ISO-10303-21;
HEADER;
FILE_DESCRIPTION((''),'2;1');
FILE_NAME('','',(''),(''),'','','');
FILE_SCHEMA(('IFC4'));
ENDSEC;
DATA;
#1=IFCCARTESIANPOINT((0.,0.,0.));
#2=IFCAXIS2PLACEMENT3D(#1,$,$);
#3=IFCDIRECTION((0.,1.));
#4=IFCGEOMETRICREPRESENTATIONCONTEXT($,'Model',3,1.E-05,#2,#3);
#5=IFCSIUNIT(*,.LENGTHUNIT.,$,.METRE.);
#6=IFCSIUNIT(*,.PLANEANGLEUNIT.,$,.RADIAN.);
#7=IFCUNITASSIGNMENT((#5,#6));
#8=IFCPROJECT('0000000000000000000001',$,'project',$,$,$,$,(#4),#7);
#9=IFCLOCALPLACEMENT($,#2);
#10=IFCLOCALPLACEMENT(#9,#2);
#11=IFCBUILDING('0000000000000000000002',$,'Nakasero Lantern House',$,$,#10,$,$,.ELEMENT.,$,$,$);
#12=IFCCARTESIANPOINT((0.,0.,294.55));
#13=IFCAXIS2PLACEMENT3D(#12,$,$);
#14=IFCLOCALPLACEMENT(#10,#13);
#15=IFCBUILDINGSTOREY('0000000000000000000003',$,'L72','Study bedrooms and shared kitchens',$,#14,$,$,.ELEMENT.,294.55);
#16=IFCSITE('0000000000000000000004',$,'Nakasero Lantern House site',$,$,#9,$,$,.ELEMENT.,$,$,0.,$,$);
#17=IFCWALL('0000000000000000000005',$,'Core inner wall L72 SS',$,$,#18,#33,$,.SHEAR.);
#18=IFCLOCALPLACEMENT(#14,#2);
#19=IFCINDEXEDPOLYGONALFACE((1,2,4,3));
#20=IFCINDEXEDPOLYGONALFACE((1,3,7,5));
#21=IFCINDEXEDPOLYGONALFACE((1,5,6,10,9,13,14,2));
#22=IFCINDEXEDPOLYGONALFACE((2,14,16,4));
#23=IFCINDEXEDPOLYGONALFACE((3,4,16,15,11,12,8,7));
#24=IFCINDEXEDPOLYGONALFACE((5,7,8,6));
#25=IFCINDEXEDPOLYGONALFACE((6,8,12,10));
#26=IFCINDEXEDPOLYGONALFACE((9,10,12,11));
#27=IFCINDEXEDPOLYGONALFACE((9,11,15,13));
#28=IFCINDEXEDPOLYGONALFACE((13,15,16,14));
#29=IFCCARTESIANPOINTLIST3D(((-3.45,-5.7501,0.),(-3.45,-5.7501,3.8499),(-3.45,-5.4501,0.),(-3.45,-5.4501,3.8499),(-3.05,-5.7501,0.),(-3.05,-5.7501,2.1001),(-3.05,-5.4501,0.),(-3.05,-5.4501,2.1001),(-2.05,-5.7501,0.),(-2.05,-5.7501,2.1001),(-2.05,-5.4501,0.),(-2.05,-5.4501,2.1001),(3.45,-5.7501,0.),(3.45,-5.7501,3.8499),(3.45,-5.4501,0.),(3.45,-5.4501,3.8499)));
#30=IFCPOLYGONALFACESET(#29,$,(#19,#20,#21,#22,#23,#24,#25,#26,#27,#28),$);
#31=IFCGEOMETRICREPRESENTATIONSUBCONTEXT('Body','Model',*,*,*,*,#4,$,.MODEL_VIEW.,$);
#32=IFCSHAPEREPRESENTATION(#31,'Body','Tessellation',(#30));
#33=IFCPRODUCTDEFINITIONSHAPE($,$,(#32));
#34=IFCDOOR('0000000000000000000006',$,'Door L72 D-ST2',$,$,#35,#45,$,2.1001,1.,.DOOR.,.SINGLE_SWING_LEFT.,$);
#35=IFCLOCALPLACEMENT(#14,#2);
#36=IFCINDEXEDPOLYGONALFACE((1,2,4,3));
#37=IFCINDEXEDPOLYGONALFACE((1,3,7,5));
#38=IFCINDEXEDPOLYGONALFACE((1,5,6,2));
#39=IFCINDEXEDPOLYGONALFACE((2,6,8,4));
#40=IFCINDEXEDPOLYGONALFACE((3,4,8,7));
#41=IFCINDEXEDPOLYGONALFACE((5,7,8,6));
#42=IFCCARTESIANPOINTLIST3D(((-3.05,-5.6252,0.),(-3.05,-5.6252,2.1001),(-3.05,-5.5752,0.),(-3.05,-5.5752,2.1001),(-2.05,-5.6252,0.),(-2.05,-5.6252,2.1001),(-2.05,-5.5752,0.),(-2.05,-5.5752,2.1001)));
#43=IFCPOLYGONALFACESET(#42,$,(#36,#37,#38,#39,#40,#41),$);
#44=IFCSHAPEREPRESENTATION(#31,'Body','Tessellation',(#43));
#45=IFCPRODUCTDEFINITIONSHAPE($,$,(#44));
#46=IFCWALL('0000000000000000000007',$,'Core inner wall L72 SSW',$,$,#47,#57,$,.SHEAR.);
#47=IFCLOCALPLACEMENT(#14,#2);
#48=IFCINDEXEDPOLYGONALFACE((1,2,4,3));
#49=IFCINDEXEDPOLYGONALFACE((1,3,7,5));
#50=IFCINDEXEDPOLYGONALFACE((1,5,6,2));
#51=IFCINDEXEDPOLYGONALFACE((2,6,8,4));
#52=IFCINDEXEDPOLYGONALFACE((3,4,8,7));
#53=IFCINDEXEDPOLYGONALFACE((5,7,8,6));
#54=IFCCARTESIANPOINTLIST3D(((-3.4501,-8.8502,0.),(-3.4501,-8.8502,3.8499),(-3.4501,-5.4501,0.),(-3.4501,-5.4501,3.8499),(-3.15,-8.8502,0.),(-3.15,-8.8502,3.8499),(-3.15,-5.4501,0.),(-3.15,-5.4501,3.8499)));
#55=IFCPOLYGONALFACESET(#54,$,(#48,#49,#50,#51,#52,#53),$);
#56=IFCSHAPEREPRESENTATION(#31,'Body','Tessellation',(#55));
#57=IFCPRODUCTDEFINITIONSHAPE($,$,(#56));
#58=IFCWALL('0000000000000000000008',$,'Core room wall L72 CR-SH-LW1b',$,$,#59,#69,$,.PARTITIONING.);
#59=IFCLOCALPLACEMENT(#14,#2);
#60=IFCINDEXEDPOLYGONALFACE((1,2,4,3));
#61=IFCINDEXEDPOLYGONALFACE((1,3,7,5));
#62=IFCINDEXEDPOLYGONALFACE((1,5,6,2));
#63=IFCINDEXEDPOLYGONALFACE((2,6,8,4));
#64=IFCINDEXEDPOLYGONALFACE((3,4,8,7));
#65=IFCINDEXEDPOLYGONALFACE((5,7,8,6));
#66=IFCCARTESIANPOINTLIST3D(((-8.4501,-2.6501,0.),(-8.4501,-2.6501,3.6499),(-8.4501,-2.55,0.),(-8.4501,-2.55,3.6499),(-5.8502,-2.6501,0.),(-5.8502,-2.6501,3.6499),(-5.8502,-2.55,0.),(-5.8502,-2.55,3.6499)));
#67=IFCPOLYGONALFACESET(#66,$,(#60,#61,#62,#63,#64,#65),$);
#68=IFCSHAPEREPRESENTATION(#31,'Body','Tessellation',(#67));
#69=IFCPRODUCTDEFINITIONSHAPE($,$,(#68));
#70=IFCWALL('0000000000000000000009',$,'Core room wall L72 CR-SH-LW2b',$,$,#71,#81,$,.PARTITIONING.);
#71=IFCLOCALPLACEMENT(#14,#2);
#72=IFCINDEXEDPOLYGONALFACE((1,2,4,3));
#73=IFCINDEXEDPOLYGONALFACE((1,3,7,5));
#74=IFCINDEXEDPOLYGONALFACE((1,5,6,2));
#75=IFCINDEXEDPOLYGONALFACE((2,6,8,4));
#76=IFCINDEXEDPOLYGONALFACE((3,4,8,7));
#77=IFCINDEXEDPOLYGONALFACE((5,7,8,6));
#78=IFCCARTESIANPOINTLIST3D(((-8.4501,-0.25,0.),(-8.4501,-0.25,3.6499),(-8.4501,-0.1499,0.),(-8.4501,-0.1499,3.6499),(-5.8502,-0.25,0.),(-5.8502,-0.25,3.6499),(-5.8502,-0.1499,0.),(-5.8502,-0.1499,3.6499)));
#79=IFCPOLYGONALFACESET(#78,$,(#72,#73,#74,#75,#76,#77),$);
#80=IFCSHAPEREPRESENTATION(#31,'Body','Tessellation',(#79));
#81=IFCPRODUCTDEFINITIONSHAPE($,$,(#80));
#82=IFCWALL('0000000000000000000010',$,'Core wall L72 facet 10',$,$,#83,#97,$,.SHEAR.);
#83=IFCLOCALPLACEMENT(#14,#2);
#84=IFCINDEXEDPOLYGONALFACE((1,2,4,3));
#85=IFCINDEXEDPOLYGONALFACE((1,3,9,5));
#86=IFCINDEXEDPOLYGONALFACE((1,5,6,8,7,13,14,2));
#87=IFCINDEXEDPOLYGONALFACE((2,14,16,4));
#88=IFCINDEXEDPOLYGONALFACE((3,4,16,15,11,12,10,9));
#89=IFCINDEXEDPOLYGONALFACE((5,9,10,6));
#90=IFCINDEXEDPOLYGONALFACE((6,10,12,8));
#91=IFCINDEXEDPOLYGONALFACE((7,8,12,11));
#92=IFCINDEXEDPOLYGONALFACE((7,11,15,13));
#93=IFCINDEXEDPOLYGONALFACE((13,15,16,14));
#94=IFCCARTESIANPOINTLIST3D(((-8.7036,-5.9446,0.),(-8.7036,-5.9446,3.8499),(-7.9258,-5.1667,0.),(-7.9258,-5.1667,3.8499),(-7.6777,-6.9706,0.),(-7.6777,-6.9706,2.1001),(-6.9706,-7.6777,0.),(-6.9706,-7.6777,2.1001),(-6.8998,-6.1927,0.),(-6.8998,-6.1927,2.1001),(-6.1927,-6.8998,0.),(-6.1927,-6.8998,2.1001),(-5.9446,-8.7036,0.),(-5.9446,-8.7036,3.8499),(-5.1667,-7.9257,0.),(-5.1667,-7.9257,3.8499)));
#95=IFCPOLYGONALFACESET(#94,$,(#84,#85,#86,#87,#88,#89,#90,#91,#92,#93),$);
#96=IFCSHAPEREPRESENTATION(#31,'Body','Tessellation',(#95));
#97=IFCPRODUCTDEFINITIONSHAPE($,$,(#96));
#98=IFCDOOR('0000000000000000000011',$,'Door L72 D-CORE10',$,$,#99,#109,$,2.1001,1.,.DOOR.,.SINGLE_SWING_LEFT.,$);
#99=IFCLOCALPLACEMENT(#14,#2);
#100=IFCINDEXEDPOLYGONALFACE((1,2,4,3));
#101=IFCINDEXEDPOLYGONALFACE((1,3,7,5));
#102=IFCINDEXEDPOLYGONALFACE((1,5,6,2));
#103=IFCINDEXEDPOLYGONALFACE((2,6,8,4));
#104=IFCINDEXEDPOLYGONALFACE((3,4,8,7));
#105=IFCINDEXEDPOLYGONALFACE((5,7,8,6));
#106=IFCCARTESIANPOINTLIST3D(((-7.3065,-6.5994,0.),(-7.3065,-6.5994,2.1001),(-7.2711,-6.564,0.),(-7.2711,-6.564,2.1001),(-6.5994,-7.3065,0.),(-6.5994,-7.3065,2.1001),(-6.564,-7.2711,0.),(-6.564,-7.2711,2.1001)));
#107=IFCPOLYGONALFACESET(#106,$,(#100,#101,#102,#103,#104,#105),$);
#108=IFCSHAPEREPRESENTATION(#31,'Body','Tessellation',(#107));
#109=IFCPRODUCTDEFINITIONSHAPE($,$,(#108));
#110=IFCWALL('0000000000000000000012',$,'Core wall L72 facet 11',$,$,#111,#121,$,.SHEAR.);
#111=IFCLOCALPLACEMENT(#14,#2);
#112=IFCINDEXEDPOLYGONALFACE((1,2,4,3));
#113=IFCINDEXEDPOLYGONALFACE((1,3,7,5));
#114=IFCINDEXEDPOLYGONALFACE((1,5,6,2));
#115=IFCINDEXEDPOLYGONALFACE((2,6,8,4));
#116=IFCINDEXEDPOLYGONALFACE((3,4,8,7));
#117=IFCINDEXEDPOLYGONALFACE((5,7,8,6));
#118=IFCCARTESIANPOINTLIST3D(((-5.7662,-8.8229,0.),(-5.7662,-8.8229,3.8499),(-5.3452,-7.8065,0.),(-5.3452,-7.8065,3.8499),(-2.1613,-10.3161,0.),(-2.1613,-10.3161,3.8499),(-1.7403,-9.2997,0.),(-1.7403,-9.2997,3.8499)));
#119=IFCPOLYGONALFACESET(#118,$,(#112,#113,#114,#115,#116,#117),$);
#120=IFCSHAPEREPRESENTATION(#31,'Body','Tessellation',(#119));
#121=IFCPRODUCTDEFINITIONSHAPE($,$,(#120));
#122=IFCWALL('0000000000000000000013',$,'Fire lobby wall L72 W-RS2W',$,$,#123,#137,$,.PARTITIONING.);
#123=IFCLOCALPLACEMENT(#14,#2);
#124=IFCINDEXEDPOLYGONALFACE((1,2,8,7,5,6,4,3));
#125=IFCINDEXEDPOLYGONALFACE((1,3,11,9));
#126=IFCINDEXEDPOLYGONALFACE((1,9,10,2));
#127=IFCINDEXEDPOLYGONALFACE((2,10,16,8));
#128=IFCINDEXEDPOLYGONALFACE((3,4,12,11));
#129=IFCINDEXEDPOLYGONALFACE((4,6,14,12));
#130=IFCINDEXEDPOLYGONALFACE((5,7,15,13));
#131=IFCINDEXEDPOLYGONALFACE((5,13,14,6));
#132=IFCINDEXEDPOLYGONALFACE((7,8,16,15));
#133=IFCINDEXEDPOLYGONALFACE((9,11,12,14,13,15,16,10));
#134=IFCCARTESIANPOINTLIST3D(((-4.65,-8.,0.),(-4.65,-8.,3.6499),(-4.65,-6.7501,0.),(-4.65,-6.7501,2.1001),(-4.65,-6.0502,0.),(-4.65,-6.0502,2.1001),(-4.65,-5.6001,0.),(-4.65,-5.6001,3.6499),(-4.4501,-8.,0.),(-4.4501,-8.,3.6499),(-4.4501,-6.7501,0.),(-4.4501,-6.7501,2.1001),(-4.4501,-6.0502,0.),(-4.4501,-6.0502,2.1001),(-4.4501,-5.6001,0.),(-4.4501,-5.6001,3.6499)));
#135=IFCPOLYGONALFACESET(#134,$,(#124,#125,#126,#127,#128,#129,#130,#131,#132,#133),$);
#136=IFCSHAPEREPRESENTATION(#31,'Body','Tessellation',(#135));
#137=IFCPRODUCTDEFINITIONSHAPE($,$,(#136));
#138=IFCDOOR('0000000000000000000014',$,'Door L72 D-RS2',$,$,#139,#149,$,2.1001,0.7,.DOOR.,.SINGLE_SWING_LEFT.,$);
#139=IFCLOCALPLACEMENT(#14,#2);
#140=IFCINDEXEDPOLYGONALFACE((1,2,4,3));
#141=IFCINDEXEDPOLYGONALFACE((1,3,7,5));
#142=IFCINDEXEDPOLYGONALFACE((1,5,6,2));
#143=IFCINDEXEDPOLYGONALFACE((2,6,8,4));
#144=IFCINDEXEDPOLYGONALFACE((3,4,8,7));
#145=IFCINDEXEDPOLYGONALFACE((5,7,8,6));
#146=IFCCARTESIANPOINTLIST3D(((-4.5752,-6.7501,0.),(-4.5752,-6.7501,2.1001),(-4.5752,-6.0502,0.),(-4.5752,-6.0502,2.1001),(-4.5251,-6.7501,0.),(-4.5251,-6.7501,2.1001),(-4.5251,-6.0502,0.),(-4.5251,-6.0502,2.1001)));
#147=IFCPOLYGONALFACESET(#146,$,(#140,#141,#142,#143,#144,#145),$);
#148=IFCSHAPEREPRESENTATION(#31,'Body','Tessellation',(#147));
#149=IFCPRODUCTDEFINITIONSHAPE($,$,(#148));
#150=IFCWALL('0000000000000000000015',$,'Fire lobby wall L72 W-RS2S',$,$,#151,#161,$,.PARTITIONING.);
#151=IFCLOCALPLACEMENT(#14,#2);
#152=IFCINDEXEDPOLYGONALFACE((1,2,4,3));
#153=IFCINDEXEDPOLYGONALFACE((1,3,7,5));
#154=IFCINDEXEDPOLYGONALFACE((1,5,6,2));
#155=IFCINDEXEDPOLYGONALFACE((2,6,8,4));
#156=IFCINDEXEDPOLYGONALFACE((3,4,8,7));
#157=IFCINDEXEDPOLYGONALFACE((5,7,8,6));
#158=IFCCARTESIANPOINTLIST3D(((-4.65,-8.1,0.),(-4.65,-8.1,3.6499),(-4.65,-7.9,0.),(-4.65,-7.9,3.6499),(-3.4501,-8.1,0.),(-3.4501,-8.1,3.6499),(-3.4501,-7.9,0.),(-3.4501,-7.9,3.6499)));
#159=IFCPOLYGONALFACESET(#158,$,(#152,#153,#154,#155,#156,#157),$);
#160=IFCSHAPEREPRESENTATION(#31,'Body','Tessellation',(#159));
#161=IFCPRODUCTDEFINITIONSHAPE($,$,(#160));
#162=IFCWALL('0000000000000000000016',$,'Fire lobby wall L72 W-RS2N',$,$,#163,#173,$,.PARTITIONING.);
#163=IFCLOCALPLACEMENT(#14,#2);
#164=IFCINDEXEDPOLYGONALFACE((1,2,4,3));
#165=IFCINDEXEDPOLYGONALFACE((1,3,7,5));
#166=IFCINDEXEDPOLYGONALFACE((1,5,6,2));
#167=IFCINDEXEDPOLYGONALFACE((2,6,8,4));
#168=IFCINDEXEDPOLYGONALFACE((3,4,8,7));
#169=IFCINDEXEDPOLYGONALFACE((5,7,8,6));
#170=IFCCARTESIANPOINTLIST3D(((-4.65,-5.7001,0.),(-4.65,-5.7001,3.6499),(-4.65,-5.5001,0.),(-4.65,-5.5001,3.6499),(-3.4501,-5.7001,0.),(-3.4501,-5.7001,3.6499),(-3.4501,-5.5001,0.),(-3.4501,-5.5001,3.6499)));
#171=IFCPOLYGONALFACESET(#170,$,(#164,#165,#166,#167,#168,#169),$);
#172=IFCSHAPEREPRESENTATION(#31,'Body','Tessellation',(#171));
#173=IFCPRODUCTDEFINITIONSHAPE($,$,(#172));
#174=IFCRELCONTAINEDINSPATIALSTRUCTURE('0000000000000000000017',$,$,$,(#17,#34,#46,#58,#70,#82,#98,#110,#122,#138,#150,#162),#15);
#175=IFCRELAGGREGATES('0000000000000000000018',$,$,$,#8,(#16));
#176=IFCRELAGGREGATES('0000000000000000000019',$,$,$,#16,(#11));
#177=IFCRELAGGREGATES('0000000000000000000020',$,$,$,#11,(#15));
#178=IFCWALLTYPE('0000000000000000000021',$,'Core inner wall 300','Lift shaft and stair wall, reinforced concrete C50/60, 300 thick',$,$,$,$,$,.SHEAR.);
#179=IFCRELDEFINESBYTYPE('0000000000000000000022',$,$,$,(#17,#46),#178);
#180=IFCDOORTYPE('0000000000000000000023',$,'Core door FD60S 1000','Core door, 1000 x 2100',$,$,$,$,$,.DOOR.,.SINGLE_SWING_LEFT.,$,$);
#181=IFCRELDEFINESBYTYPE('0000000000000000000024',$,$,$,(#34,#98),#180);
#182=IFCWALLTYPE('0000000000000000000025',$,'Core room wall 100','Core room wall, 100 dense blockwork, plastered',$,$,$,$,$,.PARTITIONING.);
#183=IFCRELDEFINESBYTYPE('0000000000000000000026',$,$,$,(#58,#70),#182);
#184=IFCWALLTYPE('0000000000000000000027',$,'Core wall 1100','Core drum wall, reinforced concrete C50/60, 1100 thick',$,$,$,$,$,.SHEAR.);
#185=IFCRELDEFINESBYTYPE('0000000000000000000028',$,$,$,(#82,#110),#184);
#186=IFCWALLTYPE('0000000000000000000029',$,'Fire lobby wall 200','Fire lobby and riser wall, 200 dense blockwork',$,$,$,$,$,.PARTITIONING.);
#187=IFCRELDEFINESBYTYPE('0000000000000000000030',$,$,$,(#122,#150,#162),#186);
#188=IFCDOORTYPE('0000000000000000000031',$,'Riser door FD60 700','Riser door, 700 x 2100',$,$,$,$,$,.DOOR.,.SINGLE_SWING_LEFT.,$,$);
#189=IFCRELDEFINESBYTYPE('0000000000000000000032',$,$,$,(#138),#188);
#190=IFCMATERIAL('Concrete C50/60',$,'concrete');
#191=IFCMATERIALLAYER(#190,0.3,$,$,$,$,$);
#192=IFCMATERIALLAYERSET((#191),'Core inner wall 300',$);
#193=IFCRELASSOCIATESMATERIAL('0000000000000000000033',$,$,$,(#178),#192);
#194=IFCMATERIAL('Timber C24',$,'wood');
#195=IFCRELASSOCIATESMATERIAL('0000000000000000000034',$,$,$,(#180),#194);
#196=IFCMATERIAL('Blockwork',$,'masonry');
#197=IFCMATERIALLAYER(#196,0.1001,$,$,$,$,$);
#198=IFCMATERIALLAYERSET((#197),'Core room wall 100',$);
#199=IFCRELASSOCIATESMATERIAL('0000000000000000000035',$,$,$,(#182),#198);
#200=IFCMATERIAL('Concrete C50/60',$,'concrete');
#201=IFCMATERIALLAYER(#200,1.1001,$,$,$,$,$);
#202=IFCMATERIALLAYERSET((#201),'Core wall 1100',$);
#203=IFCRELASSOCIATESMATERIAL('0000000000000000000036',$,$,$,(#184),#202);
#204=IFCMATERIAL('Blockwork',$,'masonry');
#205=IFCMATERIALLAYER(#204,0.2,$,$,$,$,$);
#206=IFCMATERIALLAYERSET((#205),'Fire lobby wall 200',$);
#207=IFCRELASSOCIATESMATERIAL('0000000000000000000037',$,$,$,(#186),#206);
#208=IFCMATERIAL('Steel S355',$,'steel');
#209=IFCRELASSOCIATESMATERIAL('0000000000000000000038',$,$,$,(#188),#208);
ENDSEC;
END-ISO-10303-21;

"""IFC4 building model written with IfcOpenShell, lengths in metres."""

from ifc_helpers import new_model, si_unit, direction, frame, frame_2d, origin, place, context, subcontext, project, spatial, rectangle, extrude, material, layer, layer_set, type_object, element, fill, save


model = new_model("IFC4")

# Units and contexts
model_context = context("Model", 3, precision=1e-05, world=origin(), true_north=direction((0.0, 1.0)))
body_context = subcontext(model_context, "Body", "Model", "MODEL_VIEW")
ifc_project = project(units=[si_unit("LENGTHUNIT", "METRE"), si_unit("PLANEANGLEUNIT", "RADIAN")], contexts=[model_context])

# Site, building, storey
site_placement = place(None, origin())
site = spatial("IfcSite", under=ifc_project, at=site_placement, Name="Nakasero Lantern House site", CompositionType="ELEMENT", RefElevation=0.0)
building_placement = place(site_placement, origin())
building = spatial("IfcBuilding", under=site, at=building_placement, Name="Nakasero Lantern House", CompositionType="ELEMENT")
storey_placement = place(building_placement, frame((0.0, 0.0, 294.55)))
storey = spatial("IfcBuildingStorey", under=building, at=storey_placement, Name="L72", Description="Study bedrooms and shared kitchens", CompositionType="ELEMENT", Elevation=294.55)

# Shared definitions
ifc_material_1 = material(Name="Concrete C50/60", Category="concrete")
ifc_layer_1 = layer(ifc_material_1, 0.3)
ifc_layer_set_1 = layer_set([ifc_layer_1], Name="Core inner wall 300")
wall_type_1 = type_object("IfcWallType", Name="Core inner wall 300", Description="Lift shaft and stair wall, reinforced concrete C50/60, 300 thick", PredefinedType="SHEAR", material=ifc_layer_set_1)

# Wall, opening, door
wall_1_placement = place(storey_placement, frame((-3.45, -5.6001, 0.0), z_axis=(0.0, 0.0, 1.0), x_axis=(1.0, 0.0, 0.0)))
wall_1 = element("IfcWall", 1, at=wall_1_placement, inside=storey, type_object=wall_type_1, Name="Core inner wall L72 SS", PredefinedType="SHEAR", context=body_context, shape_type="SweptSolid", body=[
    extrude(rectangle(XDim=6.8999, YDim=0.3, at=frame_2d((3.45, 0.0))), origin(), (0.0, 0.0, 1.0), 3.8499),
])
opening_1_placement = place(wall_1_placement, frame((0.3999, 0.0, 0.0)))
opening_1 = element("IfcOpeningElement", 2, at=opening_1_placement, cuts=wall_1, PredefinedType="OPENING", context=body_context, shape_type="SweptSolid", body=[
    extrude(rectangle(XDim=1.0, YDim=2.1001, at=frame_2d((0.5, 1.05))), frame((0.0, 0.1699, 0.0), z_axis=(0.0, -1.0, 0.0), x_axis=(1.0, 0.0, 0.0)), (0.0, 0.0, 1.0), 0.3401),
])
ifc_material_2 = material(Name="Timber C24", Category="wood")
door_type_1 = type_object("IfcDoorType", Name="Core door FD60S 1000", Description="Core door, 1000 x 2100", OperationType="SINGLE_SWING_LEFT", PredefinedType="DOOR", material=ifc_material_2)
door_1_placement = place(opening_1_placement, origin())
door_1 = element("IfcDoor", 3, at=door_1_placement, inside=storey, type_object=door_type_1, Name="Door L72 D-ST2", OperationType="SINGLE_SWING_LEFT", OverallHeight=2.1001, OverallWidth=1.0, PredefinedType="DOOR", context=body_context, shape_type="SweptSolid", body=[
    extrude(rectangle(XDim=1.0, YDim=2.1001, at=frame_2d((0.5, 1.05))), frame((0.0, 0.0249, 0.0), z_axis=(0.0, -1.0, 0.0), x_axis=(1.0, 0.0, 0.0)), (0.0, 0.0, 1.0), 0.05),
])
fill(opening_1, door_1)

# Walls
wall_2_placement = place(storey_placement, frame((-3.3, -5.45, 0.0), z_axis=(0.0, 0.0, 1.0), x_axis=(0.0, -1.0, 0.0)))
element("IfcWall", 4, at=wall_2_placement, inside=storey, type_object=wall_type_1, Name="Core inner wall L72 SSW", PredefinedType="SHEAR", context=body_context, shape_type="SweptSolid", body=[
    extrude(rectangle(XDim=3.4001, YDim=0.3, at=frame_2d((1.7002, 0.0))), origin(), (0.0, 0.0, 1.0), 3.8499),
])
ifc_material_3 = material(Name="Blockwork", Category="masonry")
ifc_layer_2 = layer(ifc_material_3, 0.1001)
ifc_layer_set_2 = layer_set([ifc_layer_2], Name="Core room wall 100")
wall_type_2 = type_object("IfcWallType", Name="Core room wall 100", Description="Core room wall, 100 dense blockwork, plastered", PredefinedType="PARTITIONING", material=ifc_layer_set_2)
for number, where, z_axis, x_axis, name in (
    (5, (-8.45, -2.6001, 0.0), (0.0, 0.0, 1.0), (1.0, 0.0, 0.0), "Core room wall L72 CR-SH-LW1b"),
    (6, (-8.45, -0.2, 0.0), (0.0, 0.0, 1.0), (1.0, 0.0, 0.0), "Core room wall L72 CR-SH-LW2b"),
):
    element("IfcWall", number, at=place(storey_placement, frame(where, z_axis=z_axis, x_axis=x_axis)), inside=storey, type_object=wall_type_2, Name=name, PredefinedType="PARTITIONING", context=body_context, shape_type="SweptSolid", body=[
        extrude(rectangle(XDim=2.5999, YDim=0.1001, at=frame_2d((1.2998, 0.0))), origin(), (0.0, 0.0, 1.0), 3.6499),
    ])

# Wall, opening, door
ifc_material_4 = material(Name="Concrete C50/60", Category="concrete")
ifc_layer_3 = layer(ifc_material_4, 1.1001)
ifc_layer_set_3 = layer_set([ifc_layer_3], Name="Core wall 1100")
wall_type_3 = type_object("IfcWallType", Name="Core wall 1100", Description="Core drum wall, reinforced concrete C50/60, 1100 thick", PredefinedType="SHEAR", material=ifc_layer_set_3)
wall_3_placement = place(storey_placement, frame((-8.3147, -5.5557, 0.0), z_axis=(0.0, 0.0, 1.0), x_axis=(0.707107, -0.707107, 0.0)))
wall_3 = element("IfcWall", 7, at=wall_3_placement, inside=storey, type_object=wall_type_3, Name="Core wall L72 facet 10", PredefinedType="SHEAR", context=body_context, shape_type="SweptSolid", body=[
    extrude(rectangle(XDim=3.9019, YDim=1.1001, at=frame_2d((1.9509, 0.0))), origin(), (0.0, 0.0, 1.0), 3.8499),
])
opening_2_placement = place(wall_3_placement, frame((1.4509, 0.0, 0.0)))
opening_2 = element("IfcOpeningElement", 8, at=opening_2_placement, cuts=wall_3, PredefinedType="OPENING", context=body_context, shape_type="SweptSolid", body=[
    extrude(rectangle(XDim=1.0, YDim=2.1001, at=frame_2d((0.5, 1.05))), frame((0.0, 0.5701, 0.0), z_axis=(0.0, -1.0, 0.0), x_axis=(1.0, 0.0, 0.0)), (0.0, 0.0, 1.0), 1.1401),
])
door_2_placement = place(opening_2_placement, origin())
door_2 = element("IfcDoor", 9, at=door_2_placement, inside=storey, type_object=door_type_1, Name="Door L72 D-CORE10", OperationType="SINGLE_SWING_LEFT", OverallHeight=2.1001, OverallWidth=1.0, PredefinedType="DOOR", context=body_context, shape_type="SweptSolid", body=[
    extrude(rectangle(XDim=1.0, YDim=2.1001, at=frame_2d((0.5, 1.05))), frame((0.0, 0.0249, 0.0), z_axis=(0.0, -1.0, 0.0), x_axis=(1.0, 0.0, 0.0)), (0.0, 0.0, 1.0), 0.05),
])
fill(opening_2, door_2)

# Wall
wall_4_placement = place(storey_placement, frame((-5.5557, -8.3147, 0.0), z_axis=(0.0, 0.0, 1.0), x_axis=(0.923877, -0.382691, 0.0)))
element("IfcWall", 10, at=wall_4_placement, inside=storey, type_object=wall_type_3, Name="Core wall L72 facet 11", PredefinedType="SHEAR", context=body_context, shape_type="SweptSolid", body=[
    extrude(rectangle(XDim=3.9019, YDim=1.1001, at=frame_2d((1.9509, 0.0))), origin(), (0.0, 0.0, 1.0), 3.8499),
])

# Wall, opening, door
ifc_material_5 = material(Name="Blockwork", Category="masonry")
ifc_layer_4 = layer(ifc_material_5, 0.2)
ifc_layer_set_4 = layer_set([ifc_layer_4], Name="Fire lobby wall 200")
wall_type_4 = type_object("IfcWallType", Name="Fire lobby wall 200", Description="Fire lobby and riser wall, 200 dense blockwork", PredefinedType="PARTITIONING", material=ifc_layer_set_4)
wall_5_placement = place(storey_placement, frame((-4.55, -5.6001, 0.0), z_axis=(0.0, 0.0, 1.0), x_axis=(0.0, -1.0, 0.0)))
wall_5 = element("IfcWall", 11, at=wall_5_placement, inside=storey, type_object=wall_type_4, Name="Fire lobby wall L72 W-RS2W", PredefinedType="PARTITIONING", context=body_context, shape_type="SweptSolid", body=[
    extrude(rectangle(XDim=2.3999, YDim=0.2, at=frame_2d((1.2, 0.0))), origin(), (0.0, 0.0, 1.0), 3.6499),
])
opening_3_placement = place(wall_5_placement, frame((0.45, 0.0, 0.0)))
opening_3 = element("IfcOpeningElement", 12, at=opening_3_placement, cuts=wall_5, PredefinedType="OPENING", context=body_context, shape_type="SweptSolid", body=[
    extrude(rectangle(XDim=0.7, YDim=2.1001, at=frame_2d((0.3501, 1.05))), frame((0.0, 0.1199, 0.0), z_axis=(0.0, -1.0, 0.0), x_axis=(1.0, 0.0, 0.0)), (0.0, 0.0, 1.0), 0.24),
])
ifc_material_6 = material(Name="Steel S355", Category="steel")
door_type_2 = type_object("IfcDoorType", Name="Riser door FD60 700", Description="Riser door, 700 x 2100", OperationType="SINGLE_SWING_LEFT", PredefinedType="DOOR", material=ifc_material_6)
door_3_placement = place(opening_3_placement, origin())
door_3 = element("IfcDoor", 13, at=door_3_placement, inside=storey, type_object=door_type_2, Name="Door L72 D-RS2", OperationType="SINGLE_SWING_LEFT", OverallHeight=2.1001, OverallWidth=0.7, PredefinedType="DOOR", context=body_context, shape_type="SweptSolid", body=[
    extrude(rectangle(XDim=0.7, YDim=2.1001, at=frame_2d((0.3501, 1.05))), frame((0.0, 0.0249, 0.0), z_axis=(0.0, -1.0, 0.0), x_axis=(1.0, 0.0, 0.0)), (0.0, 0.0, 1.0), 0.05),
])
fill(opening_3, door_3)

# Walls
for number, where, z_axis, x_axis, name in (
    (14, (-3.45, -8.0, 0.0), (0.0, 0.0, 1.0), (-1.0, 0.0, 0.0), "Fire lobby wall L72 W-RS2S"),
    (15, (-3.45, -5.6001, 0.0), (0.0, 0.0, 1.0), (-1.0, 0.0, 0.0), "Fire lobby wall L72 W-RS2N"),
):
    element("IfcWall", number, at=place(storey_placement, frame(where, z_axis=z_axis, x_axis=x_axis)), inside=storey, type_object=wall_type_4, Name=name, PredefinedType="PARTITIONING", context=body_context, shape_type="SweptSolid", body=[
        extrude(rectangle(XDim=1.2, YDim=0.2, at=frame_2d((0.6001, 0.0))), origin(), (0.0, 0.0, 1.0), 3.6499),
    ])

save(model, "model.ifc")
